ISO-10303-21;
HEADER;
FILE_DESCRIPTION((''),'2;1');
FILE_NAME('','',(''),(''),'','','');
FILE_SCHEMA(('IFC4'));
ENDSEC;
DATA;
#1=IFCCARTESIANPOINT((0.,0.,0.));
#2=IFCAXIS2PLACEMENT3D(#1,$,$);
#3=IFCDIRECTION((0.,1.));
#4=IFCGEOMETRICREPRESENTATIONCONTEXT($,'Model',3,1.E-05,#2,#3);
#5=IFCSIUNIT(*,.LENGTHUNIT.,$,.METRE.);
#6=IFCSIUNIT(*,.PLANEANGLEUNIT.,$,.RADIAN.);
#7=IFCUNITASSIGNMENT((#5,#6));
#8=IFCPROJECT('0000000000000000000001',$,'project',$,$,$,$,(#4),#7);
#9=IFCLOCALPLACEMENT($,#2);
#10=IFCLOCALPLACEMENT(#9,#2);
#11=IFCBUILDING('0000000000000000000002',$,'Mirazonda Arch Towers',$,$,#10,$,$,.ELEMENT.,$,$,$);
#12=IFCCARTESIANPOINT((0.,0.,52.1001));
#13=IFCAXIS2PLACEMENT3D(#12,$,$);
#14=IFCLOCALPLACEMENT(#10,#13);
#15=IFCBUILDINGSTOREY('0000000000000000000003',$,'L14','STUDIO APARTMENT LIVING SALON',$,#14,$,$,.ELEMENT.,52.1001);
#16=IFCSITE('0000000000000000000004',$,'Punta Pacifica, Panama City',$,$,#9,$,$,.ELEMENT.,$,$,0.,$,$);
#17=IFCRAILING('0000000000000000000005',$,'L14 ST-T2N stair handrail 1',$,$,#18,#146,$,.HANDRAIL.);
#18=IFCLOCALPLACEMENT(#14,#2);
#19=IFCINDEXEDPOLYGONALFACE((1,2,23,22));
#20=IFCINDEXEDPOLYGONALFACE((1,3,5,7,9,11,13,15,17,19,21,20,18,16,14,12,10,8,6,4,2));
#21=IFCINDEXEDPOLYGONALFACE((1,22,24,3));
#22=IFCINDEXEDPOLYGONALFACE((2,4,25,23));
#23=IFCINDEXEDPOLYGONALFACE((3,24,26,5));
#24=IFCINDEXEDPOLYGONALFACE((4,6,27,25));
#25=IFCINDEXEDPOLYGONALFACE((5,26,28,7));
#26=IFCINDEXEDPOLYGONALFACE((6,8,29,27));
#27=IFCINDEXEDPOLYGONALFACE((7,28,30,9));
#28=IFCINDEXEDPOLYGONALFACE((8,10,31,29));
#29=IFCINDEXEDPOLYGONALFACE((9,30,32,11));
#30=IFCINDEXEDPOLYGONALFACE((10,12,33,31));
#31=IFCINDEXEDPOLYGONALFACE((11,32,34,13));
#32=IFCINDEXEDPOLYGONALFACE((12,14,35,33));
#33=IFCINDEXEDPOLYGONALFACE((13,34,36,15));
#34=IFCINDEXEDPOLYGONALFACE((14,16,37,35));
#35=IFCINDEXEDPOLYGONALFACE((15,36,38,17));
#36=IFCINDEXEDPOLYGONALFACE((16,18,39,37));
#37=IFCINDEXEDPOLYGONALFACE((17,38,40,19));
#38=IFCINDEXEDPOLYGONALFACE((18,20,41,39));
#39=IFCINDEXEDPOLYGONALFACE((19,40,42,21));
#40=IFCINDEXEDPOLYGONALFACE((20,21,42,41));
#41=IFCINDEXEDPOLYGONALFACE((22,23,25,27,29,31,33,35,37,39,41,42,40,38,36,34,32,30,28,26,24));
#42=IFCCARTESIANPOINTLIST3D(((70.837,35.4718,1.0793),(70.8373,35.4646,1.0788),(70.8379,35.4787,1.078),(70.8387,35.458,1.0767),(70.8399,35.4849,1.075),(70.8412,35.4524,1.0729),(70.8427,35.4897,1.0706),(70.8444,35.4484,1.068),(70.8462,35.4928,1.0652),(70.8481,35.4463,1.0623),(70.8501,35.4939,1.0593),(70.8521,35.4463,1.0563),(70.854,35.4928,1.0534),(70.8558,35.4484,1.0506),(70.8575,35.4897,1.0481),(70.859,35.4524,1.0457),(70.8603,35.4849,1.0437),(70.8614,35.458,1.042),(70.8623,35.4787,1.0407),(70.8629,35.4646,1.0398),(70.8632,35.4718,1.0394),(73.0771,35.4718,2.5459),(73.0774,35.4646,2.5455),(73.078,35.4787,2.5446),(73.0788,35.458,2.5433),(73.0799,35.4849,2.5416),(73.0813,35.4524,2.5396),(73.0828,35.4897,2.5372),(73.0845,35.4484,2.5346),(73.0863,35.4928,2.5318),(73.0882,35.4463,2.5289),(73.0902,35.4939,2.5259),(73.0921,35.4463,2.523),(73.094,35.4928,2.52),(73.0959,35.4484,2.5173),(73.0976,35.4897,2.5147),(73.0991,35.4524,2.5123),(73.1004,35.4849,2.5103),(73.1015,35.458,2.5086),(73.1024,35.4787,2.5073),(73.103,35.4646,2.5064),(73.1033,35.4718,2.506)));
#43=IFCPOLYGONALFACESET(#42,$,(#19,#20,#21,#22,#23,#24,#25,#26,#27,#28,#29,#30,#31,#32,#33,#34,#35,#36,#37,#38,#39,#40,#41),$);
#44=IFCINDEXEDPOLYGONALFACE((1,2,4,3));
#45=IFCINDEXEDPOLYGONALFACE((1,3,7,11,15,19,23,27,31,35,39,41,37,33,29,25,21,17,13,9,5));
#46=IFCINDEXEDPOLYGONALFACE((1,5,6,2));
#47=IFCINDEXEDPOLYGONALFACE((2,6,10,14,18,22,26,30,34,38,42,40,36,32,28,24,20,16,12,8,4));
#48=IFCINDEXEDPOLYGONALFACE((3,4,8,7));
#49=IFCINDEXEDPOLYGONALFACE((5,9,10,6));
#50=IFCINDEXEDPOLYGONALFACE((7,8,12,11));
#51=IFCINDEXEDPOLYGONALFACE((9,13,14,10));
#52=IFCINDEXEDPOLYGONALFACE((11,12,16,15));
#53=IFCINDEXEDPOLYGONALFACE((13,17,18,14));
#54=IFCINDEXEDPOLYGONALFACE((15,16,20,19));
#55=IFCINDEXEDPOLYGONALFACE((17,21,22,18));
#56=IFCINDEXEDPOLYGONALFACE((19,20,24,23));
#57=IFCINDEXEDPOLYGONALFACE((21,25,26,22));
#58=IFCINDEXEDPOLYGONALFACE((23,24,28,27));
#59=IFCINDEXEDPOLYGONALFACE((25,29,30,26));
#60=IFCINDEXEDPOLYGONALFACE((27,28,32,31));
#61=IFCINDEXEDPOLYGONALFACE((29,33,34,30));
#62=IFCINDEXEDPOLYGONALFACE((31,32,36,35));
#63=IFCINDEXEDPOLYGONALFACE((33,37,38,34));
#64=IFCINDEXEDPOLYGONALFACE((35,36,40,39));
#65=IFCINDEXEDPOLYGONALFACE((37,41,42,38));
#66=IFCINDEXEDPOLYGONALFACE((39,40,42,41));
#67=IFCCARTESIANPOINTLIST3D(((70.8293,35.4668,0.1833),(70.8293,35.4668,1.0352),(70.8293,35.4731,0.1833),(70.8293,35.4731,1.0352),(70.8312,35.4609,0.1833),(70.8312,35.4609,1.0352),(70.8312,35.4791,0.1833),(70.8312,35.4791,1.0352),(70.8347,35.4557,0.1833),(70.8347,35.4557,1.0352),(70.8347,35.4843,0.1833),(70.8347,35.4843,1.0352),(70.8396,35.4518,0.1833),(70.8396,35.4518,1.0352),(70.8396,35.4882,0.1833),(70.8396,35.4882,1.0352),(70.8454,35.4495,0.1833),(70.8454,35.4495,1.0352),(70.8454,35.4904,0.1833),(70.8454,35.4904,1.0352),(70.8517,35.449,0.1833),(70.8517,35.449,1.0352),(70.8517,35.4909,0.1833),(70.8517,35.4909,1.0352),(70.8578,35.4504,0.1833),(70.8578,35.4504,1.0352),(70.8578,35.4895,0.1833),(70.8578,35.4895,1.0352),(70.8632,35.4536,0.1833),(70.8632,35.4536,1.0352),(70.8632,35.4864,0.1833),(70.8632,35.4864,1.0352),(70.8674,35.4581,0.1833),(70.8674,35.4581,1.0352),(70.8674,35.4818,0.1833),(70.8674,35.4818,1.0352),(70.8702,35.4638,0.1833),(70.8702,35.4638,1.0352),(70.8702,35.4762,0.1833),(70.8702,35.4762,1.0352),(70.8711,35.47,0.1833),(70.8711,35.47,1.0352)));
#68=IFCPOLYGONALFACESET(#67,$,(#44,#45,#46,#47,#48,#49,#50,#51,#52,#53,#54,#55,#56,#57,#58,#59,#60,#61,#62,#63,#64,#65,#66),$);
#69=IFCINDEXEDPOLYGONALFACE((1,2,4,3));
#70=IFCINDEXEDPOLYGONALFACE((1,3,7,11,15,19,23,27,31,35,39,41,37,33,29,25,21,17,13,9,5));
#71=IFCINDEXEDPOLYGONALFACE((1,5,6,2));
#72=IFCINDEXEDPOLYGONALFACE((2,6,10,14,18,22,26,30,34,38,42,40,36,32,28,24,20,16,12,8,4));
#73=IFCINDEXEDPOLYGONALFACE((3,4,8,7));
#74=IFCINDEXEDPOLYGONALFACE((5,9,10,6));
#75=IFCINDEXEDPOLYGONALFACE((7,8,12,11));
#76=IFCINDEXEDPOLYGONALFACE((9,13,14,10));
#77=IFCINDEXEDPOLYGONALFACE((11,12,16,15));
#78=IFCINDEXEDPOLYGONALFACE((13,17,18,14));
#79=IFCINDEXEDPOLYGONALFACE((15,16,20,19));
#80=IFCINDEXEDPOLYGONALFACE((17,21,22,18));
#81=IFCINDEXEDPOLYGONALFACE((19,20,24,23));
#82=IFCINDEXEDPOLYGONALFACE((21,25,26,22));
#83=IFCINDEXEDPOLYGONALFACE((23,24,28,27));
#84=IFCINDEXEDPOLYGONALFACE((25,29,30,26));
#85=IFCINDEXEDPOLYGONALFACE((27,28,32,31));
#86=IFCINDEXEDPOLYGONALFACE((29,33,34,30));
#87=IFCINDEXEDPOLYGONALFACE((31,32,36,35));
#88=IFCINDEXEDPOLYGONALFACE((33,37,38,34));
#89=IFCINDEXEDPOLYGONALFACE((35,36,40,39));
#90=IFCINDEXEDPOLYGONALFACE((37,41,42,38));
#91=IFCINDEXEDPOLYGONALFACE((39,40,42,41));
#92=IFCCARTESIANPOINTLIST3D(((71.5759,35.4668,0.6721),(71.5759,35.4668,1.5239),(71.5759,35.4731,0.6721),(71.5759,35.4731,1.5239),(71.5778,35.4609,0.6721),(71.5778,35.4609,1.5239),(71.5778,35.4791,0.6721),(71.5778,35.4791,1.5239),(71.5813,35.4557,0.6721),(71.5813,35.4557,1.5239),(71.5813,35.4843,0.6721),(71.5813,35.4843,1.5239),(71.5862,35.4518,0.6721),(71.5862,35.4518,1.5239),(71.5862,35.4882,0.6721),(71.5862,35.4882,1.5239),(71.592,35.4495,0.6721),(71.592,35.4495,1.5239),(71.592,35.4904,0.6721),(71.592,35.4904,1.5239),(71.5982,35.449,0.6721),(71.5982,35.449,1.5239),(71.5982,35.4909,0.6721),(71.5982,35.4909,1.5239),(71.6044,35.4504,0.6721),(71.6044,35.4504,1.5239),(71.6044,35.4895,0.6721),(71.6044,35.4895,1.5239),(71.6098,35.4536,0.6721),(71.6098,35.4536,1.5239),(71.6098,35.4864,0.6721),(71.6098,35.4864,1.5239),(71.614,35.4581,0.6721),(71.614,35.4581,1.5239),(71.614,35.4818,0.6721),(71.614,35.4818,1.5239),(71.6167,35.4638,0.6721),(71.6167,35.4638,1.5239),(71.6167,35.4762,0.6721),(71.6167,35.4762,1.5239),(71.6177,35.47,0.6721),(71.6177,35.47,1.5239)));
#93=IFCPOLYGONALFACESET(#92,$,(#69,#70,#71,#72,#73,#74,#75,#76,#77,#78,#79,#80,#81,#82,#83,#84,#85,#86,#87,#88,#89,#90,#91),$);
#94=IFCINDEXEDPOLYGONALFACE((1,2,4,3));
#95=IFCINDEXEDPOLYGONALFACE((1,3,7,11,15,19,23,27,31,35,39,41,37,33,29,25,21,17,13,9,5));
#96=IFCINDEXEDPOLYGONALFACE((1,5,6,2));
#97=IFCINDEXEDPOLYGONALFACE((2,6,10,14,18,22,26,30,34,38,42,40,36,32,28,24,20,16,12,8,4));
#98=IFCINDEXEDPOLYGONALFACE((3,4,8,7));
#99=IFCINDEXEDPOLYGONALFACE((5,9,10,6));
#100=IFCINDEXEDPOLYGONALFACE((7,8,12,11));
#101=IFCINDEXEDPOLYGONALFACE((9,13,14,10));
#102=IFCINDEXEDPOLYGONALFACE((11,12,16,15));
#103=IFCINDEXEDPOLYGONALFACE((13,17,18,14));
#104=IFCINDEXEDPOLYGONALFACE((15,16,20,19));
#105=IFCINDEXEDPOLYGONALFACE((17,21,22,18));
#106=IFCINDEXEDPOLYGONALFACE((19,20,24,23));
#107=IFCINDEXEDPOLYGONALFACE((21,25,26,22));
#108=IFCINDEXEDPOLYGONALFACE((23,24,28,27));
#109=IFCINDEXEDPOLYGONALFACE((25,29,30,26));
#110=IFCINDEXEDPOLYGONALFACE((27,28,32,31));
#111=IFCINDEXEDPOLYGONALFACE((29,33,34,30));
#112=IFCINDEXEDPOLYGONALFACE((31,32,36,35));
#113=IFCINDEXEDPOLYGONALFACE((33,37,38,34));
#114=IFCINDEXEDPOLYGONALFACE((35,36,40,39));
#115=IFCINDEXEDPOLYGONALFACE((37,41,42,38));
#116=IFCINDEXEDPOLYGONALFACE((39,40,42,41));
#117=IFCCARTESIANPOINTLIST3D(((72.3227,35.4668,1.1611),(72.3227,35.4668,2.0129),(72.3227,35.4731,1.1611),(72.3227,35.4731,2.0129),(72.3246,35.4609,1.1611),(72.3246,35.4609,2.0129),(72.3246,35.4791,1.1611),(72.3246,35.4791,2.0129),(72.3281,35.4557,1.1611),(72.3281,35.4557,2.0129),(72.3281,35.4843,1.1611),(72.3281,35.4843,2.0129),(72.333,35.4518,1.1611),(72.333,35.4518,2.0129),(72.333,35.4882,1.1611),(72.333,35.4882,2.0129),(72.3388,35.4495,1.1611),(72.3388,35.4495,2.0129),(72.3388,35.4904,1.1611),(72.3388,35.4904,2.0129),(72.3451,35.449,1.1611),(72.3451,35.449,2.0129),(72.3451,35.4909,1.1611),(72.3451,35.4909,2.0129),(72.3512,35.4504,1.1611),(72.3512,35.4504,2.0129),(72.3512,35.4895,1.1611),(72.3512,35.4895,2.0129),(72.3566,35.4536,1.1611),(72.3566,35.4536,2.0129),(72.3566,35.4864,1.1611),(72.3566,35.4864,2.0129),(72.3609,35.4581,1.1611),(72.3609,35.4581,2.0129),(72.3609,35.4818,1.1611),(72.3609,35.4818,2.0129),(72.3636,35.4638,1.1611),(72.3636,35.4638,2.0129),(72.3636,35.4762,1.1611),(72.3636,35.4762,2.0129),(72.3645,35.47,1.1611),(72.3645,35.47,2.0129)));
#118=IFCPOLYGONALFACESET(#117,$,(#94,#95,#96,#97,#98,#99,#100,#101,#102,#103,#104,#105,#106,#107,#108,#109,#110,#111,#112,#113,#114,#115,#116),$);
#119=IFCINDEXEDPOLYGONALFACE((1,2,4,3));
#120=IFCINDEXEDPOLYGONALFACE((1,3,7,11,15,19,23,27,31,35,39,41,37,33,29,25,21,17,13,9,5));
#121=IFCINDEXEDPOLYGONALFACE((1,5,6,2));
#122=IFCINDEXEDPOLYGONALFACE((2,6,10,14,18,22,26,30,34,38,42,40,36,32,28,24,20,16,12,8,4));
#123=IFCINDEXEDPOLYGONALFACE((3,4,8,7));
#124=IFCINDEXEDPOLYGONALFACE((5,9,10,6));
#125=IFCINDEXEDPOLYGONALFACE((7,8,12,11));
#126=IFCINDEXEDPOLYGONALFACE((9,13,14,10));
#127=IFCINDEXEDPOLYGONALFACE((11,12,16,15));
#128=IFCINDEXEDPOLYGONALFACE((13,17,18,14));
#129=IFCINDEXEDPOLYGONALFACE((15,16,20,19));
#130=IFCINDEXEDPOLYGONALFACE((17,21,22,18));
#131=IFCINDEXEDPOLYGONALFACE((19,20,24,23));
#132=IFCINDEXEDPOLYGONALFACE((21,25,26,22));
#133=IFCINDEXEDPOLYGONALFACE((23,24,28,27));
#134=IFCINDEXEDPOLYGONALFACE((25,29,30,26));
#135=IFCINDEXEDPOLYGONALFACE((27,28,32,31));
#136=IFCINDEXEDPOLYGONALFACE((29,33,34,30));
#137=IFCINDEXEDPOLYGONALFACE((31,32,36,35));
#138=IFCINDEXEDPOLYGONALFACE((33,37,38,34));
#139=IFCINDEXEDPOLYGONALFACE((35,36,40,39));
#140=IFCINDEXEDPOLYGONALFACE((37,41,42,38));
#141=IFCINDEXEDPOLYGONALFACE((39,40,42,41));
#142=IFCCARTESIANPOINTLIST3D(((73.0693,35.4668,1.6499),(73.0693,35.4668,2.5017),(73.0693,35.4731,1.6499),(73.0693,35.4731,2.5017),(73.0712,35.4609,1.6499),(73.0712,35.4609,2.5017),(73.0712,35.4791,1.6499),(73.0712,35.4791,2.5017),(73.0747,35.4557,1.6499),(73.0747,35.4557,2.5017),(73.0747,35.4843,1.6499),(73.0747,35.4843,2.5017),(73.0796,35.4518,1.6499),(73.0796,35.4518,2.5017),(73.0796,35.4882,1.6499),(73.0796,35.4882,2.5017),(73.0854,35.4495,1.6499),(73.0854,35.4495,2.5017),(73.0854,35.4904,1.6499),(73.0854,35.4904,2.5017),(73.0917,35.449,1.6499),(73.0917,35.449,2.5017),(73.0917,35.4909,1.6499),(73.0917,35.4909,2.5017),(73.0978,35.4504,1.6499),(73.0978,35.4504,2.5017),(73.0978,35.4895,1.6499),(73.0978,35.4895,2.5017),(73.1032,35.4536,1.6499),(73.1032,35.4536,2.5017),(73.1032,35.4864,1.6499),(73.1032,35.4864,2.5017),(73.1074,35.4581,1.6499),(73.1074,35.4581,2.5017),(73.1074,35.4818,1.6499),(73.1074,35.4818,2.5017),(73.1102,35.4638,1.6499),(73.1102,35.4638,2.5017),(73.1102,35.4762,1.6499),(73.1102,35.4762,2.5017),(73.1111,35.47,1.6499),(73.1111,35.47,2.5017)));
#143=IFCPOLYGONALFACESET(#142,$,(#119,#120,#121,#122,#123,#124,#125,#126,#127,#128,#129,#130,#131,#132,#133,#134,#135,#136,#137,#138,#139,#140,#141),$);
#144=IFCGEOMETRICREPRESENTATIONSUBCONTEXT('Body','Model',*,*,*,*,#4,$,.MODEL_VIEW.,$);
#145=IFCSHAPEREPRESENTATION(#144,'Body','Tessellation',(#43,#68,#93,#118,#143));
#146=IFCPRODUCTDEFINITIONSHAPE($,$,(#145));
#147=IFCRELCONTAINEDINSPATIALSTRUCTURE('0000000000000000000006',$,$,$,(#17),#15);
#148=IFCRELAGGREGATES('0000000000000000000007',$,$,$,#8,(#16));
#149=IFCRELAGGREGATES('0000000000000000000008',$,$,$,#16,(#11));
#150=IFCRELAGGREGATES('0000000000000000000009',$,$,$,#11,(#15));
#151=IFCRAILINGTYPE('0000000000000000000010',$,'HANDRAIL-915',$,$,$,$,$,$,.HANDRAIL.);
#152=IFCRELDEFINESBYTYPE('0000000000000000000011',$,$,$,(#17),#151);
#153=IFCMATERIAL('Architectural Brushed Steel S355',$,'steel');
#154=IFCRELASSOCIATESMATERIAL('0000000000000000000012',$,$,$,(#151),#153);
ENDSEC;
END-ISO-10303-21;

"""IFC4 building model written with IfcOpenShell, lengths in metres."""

from ifc_helpers import new_model, si_unit, direction, frame, origin, origin_2d, place, context, subcontext, project, spatial, circle, extrude, material, type_object, element, save


model = new_model("IFC4")

# Units and contexts
model_context = context("Model", 3, precision=1e-05, world=origin(), true_north=direction((0.0, 1.0)))
body_context = subcontext(model_context, "Body", "Model", "MODEL_VIEW")
ifc_project = project(units=[si_unit("LENGTHUNIT", "METRE"), si_unit("PLANEANGLEUNIT", "RADIAN")], contexts=[model_context])

# Site, building, storey
site_placement = place(None, origin())
site = spatial("IfcSite", under=ifc_project, at=site_placement, Name="Punta Pacifica, Panama City", CompositionType="ELEMENT", RefElevation=0.0)
building_placement = place(site_placement, origin())
building = spatial("IfcBuilding", under=site, at=building_placement, Name="Mirazonda Arch Towers", CompositionType="ELEMENT")
storey_placement = place(building_placement, frame((0.0, 0.0, 52.1001)))
storey = spatial("IfcBuildingStorey", under=building, at=storey_placement, Name="L14", Description="STUDIO APARTMENT LIVING SALON", CompositionType="ELEMENT", Elevation=52.1001)

# Shared definitions
ifc_material_1 = material(Name="Architectural Brushed Steel S355", Category="steel")

# Railing
railing_type = type_object("IfcRailingType", Name="HANDRAIL-915", PredefinedType="HANDRAIL", material=ifc_material_1)
railing_placement = place(storey_placement, frame((70.8501, 35.47, 0.1833)))
element("IfcRailing", 1, at=railing_placement, inside=storey, type_object=railing_type, Name="L14 ST-T2N stair handrail 1", PredefinedType="HANDRAIL", context=body_context, shape_type="SweptSolid", body=[
    extrude(circle(Radius=0.0239, at=origin_2d()), frame((0.0, 0.0, 0.876), z_axis=(0.836637, 0.0, 0.547758), x_axis=(0.0, 1.0, 0.0)), (0.0, 0.0, 1.0), 2.6775),
    extrude(circle(Radius=0.021, at=origin_2d()), origin(), (0.0, 0.0, 1.0), 0.8518),
    extrude(circle(Radius=0.021, at=origin_2d()), frame((0.7466, 0.0, 0.4888)), (0.0, 0.0, 1.0), 0.8518),
    extrude(circle(Radius=0.021, at=origin_2d()), frame((1.4934, 0.0, 0.9778)), (0.0, 0.0, 1.0), 0.8518),
    extrude(circle(Radius=0.021, at=origin_2d()), frame((2.24, 0.0, 1.4666)), (0.0, 0.0, 1.0), 0.8518),
])

save(model, "model.ifc")
